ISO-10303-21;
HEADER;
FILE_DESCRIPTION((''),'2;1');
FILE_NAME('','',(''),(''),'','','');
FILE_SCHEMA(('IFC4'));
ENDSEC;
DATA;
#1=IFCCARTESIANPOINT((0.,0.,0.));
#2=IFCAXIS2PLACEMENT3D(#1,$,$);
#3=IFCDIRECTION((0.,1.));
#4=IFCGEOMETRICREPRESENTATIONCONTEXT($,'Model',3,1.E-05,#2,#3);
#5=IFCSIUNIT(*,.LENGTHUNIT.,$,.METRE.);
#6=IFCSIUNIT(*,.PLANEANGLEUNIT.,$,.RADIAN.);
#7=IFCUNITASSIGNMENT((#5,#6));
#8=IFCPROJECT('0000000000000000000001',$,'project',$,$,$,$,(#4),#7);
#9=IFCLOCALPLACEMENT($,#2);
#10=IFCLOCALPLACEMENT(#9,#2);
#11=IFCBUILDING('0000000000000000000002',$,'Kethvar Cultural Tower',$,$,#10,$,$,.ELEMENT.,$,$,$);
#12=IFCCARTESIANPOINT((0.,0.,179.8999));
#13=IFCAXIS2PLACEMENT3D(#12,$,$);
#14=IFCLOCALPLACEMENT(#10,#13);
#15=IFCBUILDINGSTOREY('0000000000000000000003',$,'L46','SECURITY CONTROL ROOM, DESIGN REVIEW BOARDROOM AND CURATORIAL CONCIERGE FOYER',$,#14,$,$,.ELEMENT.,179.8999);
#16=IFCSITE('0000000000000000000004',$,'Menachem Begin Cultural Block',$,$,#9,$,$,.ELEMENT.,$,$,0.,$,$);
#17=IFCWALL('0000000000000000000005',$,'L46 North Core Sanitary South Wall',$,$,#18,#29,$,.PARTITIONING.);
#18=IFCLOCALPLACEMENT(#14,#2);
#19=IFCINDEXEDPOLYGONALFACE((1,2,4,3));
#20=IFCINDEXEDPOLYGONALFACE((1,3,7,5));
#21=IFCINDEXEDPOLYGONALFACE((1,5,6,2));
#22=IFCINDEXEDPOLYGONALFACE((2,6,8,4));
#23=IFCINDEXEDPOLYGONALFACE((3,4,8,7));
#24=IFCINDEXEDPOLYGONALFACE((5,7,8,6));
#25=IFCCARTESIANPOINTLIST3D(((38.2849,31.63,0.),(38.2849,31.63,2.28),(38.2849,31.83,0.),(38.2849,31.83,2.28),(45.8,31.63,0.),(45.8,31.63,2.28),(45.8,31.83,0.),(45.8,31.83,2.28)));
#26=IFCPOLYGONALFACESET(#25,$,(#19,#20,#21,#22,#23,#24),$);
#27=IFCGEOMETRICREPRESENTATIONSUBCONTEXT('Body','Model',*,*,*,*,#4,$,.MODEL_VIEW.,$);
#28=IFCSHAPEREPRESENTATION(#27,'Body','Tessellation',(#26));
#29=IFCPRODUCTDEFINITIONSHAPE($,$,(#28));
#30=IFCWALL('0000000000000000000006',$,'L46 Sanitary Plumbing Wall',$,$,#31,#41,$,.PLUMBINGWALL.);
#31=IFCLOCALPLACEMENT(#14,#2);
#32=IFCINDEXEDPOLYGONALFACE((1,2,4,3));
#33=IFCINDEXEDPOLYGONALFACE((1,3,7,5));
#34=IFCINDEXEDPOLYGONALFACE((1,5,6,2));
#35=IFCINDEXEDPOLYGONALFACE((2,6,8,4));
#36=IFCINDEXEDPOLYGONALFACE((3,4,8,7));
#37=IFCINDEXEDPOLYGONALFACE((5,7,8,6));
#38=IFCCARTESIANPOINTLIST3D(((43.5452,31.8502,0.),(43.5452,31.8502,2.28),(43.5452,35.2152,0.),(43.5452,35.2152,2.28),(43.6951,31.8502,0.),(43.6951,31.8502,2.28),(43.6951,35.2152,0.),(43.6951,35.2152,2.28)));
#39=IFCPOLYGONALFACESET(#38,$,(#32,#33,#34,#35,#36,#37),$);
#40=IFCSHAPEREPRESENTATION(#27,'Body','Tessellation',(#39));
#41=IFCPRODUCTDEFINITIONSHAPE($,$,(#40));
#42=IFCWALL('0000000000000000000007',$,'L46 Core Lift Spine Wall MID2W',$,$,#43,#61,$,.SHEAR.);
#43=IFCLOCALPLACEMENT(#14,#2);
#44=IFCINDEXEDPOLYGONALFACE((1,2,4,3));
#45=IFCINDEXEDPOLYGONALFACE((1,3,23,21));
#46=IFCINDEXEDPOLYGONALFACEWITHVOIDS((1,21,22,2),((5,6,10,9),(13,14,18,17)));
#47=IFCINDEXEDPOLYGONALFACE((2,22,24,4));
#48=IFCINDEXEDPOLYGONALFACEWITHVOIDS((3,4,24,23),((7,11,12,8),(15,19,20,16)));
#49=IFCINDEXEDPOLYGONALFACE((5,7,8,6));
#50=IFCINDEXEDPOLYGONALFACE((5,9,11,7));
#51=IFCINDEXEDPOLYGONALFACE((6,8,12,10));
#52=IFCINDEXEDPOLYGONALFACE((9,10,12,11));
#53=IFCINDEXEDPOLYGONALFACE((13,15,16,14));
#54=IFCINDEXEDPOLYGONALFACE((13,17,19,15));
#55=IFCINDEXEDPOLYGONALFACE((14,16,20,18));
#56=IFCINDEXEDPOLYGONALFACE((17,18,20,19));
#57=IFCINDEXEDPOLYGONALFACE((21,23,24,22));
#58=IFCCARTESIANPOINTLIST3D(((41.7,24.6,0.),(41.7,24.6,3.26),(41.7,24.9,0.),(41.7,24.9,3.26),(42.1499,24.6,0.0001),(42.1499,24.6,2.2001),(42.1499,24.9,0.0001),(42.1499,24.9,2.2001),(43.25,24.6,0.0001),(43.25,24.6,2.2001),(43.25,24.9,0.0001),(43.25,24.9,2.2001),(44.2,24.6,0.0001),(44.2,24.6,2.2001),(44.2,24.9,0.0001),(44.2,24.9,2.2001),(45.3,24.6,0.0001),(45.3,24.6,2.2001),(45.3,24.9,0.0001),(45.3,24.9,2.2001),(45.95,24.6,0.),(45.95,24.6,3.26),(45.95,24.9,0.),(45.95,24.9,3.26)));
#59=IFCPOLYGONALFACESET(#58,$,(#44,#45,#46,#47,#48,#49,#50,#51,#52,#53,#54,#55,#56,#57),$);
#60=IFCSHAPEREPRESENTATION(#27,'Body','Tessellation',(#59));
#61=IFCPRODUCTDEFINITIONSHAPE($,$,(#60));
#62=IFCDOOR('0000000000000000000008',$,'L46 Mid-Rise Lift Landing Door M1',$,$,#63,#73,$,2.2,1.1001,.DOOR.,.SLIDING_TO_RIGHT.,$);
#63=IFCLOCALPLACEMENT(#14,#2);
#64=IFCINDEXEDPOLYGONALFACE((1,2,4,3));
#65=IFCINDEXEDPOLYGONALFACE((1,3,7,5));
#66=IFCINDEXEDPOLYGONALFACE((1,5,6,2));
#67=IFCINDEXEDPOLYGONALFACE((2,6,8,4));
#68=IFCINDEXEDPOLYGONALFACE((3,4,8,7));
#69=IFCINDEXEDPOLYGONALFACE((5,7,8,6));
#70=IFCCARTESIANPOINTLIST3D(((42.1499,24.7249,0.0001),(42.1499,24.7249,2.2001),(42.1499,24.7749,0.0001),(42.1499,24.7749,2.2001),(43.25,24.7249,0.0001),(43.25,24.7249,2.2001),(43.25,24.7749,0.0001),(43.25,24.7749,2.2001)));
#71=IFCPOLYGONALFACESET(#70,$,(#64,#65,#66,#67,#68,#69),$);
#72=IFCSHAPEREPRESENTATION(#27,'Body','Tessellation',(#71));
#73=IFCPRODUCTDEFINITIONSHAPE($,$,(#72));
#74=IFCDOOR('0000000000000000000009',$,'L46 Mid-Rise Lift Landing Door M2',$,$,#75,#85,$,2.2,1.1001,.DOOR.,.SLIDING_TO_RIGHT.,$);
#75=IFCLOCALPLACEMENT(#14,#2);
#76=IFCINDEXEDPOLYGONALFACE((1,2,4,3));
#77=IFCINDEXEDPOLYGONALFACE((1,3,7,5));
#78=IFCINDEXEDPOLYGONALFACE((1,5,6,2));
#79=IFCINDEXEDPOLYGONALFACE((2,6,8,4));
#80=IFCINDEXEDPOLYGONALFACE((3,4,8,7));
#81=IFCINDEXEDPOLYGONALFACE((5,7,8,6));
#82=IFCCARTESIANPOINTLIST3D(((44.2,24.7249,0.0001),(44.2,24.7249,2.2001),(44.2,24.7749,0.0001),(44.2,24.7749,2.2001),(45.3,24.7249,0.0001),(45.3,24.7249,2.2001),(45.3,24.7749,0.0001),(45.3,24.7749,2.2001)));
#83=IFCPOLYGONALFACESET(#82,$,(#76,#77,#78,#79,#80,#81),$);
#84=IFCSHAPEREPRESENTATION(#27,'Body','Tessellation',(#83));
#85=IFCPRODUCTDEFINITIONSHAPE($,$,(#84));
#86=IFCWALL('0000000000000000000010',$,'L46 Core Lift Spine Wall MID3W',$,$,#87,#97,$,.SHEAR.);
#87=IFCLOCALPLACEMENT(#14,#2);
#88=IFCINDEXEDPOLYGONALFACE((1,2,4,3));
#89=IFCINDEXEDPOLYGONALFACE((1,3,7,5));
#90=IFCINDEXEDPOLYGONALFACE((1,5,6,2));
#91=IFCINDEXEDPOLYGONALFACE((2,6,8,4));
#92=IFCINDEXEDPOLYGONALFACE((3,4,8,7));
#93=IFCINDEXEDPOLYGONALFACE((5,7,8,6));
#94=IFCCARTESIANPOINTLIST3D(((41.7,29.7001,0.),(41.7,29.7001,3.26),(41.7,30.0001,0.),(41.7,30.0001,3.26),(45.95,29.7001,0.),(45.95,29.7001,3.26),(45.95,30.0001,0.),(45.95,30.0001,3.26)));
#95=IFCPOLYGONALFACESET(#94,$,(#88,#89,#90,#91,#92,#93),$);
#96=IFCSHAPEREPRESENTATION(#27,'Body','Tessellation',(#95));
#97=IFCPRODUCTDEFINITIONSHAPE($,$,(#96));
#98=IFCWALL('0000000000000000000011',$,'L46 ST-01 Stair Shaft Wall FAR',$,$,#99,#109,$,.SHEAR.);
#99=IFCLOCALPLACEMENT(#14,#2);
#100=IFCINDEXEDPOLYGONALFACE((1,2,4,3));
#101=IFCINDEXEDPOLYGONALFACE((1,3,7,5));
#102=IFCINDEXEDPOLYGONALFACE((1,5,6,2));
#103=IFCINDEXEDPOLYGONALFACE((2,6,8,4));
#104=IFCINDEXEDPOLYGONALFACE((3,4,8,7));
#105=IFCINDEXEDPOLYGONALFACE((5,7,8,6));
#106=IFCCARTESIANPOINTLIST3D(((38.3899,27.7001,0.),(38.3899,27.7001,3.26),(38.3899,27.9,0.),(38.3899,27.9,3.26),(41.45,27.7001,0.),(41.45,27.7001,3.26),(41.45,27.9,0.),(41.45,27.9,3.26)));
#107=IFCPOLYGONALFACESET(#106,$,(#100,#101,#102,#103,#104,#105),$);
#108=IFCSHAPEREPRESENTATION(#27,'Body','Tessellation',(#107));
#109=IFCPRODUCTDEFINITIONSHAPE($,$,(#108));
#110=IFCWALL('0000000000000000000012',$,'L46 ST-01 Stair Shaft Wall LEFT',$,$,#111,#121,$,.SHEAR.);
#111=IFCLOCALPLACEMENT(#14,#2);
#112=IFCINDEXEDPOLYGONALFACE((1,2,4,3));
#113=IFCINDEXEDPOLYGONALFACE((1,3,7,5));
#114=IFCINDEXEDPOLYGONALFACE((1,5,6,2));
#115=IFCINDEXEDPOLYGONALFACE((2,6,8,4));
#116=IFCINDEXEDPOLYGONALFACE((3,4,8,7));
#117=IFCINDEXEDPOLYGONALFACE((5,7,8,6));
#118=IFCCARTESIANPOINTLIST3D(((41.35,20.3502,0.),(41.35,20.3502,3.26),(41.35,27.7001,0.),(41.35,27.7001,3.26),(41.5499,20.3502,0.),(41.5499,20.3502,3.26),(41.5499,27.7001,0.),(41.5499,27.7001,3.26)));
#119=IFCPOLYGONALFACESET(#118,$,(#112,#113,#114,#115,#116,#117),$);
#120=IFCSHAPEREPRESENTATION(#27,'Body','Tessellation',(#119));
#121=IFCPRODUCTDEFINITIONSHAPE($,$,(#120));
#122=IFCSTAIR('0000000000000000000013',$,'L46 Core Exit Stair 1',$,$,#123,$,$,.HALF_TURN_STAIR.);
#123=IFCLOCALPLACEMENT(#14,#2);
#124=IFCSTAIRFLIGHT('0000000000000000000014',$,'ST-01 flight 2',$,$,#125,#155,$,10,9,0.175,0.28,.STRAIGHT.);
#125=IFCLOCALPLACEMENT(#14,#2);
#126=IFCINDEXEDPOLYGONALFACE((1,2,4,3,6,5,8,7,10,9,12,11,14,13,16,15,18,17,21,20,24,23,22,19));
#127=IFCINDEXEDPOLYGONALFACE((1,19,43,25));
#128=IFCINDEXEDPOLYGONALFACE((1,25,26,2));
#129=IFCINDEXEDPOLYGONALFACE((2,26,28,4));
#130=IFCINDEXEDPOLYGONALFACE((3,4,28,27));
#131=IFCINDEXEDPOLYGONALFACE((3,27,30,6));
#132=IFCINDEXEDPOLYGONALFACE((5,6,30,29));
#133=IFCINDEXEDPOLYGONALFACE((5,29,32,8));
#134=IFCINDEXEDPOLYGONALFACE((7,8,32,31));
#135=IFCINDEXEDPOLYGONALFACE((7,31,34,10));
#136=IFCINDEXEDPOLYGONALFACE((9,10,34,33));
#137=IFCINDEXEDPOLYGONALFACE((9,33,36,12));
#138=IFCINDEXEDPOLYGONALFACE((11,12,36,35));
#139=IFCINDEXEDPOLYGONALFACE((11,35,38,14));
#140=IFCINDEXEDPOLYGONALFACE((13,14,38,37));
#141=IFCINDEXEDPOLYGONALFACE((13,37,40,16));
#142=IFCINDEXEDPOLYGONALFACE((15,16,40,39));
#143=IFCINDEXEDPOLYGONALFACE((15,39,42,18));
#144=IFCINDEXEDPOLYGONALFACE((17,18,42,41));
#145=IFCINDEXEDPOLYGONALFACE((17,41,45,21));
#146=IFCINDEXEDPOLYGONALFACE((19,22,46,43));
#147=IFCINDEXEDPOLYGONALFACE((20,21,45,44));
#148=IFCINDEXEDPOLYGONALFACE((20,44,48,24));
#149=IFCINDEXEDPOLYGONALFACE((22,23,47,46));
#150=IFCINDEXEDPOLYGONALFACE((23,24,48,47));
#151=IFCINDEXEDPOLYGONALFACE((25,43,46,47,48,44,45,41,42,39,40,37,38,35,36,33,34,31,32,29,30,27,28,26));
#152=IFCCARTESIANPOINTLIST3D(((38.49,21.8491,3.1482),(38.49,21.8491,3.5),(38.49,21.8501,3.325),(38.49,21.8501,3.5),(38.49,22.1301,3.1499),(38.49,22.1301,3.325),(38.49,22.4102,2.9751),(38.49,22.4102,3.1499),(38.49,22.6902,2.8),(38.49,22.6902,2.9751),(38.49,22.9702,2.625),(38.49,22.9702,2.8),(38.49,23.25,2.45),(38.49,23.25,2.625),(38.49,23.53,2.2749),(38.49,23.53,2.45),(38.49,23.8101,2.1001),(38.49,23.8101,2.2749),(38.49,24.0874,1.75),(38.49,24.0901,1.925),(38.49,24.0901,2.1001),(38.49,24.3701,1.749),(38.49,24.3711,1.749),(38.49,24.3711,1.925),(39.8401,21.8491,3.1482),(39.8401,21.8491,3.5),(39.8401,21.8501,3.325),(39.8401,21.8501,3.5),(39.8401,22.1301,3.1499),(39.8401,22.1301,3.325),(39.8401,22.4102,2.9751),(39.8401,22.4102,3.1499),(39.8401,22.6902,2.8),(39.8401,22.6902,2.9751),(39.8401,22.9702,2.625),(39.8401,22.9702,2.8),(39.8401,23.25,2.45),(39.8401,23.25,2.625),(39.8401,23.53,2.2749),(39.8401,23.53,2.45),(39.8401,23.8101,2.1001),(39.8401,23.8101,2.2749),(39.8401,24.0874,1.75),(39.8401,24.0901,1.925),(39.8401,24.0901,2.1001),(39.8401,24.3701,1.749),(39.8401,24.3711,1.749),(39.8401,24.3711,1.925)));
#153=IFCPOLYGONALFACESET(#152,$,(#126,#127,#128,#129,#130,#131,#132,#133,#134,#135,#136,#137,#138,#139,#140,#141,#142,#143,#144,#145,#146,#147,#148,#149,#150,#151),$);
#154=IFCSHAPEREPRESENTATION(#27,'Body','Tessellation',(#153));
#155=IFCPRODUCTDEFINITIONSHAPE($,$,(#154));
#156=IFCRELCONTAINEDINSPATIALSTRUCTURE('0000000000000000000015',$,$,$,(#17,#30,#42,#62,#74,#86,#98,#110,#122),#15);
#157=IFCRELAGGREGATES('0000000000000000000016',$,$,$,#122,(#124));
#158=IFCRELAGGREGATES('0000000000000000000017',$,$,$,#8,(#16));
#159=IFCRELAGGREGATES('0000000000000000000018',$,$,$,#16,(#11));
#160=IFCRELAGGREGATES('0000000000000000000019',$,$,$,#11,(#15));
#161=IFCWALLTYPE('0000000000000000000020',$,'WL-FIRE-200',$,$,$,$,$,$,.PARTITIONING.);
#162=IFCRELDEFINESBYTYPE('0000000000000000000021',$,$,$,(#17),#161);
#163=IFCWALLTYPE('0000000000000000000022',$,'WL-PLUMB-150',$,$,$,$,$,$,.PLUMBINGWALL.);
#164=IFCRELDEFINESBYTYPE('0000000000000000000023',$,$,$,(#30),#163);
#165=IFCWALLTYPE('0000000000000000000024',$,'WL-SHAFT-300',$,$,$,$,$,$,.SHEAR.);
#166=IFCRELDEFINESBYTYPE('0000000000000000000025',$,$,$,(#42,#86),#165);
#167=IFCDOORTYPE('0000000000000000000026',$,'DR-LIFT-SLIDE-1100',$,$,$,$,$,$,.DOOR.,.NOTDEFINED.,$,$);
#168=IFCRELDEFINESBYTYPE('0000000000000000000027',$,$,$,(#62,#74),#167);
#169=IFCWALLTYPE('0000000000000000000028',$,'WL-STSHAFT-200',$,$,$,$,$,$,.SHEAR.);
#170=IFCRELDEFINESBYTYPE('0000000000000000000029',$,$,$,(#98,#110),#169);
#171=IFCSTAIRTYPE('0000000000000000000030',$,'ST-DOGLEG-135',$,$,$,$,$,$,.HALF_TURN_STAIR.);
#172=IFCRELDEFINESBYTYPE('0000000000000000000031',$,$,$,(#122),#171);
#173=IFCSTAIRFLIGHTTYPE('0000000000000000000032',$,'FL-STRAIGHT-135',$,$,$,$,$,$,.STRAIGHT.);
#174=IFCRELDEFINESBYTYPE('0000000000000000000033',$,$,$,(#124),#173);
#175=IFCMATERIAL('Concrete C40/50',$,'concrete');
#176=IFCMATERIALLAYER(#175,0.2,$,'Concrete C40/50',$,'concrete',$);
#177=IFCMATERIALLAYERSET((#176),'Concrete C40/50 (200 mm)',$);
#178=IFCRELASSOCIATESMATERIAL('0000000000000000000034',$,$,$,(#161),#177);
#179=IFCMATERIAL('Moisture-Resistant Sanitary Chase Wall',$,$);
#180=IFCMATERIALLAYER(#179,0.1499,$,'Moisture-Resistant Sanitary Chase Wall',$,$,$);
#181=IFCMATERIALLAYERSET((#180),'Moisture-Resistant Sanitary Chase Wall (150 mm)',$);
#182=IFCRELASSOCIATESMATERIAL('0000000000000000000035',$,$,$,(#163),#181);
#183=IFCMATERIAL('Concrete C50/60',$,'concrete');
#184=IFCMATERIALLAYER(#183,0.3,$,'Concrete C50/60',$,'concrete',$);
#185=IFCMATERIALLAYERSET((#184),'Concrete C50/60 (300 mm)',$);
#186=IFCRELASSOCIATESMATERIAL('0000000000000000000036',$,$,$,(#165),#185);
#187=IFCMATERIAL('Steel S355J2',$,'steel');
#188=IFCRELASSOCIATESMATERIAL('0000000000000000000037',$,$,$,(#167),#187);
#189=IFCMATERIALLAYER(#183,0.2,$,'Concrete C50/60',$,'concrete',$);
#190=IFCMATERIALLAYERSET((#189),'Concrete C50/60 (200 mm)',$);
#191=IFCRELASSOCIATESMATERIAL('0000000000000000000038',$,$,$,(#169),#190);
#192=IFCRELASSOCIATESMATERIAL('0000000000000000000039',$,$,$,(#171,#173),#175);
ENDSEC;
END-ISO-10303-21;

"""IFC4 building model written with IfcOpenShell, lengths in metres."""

from ifc_helpers import new_model, si_unit, direction, frame, frame_2d, origin, place, context, subcontext, project, spatial, polyline, rectangle, outline, extrude, source, transform, mapped, material, layer, layer_set, type_object, element, fill, aggregate, save


model = new_model("IFC4")

# Units and contexts
model_context = context("Model", 3, precision=1e-05, world=origin(), true_north=direction((0.0, 1.0)))
body_context = subcontext(model_context, "Body", "Model", "MODEL_VIEW")
ifc_project = project(units=[si_unit("LENGTHUNIT", "METRE"), si_unit("PLANEANGLEUNIT", "RADIAN")], contexts=[model_context])

# Site, building, storey
site_placement = place(None, origin())
site = spatial("IfcSite", under=ifc_project, at=site_placement, Name="Menachem Begin Cultural Block", CompositionType="ELEMENT", RefElevation=0.0)
building_placement = place(site_placement, origin())
building = spatial("IfcBuilding", under=site, at=building_placement, Name="Kethvar Cultural Tower", CompositionType="ELEMENT")
storey_placement = place(building_placement, frame((0.0, 0.0, 179.8999)))
storey = spatial("IfcBuildingStorey", under=building, at=storey_placement, Name="L46", Description="SECURITY CONTROL ROOM, DESIGN REVIEW BOARDROOM AND CURATORIAL CONCIERGE FOYER", CompositionType="ELEMENT", Elevation=179.8999)

# Shared definitions
ifc_material_1 = material(Name="Steel S355J2", Category="steel")

# Walls
ifc_material_2 = material(Name="Concrete C40/50", Category="concrete")
ifc_layer_1 = layer(ifc_material_2, 0.2, Name="Concrete C40/50", Category="concrete")
ifc_layer_set_1 = layer_set([ifc_layer_1], Name="Concrete C40/50 (200 mm)")
wall_type_1 = type_object("IfcWallType", Name="WL-FIRE-200", PredefinedType="PARTITIONING", material=ifc_layer_set_1)
wall_1_placement = place(storey_placement, frame((38.2849, 31.73, 0.0), z_axis=(0.0, 0.0, 1.0), x_axis=(1.0, 0.0, 0.0)))
element("IfcWall", 1, at=wall_1_placement, inside=storey, type_object=wall_type_1, Name="L46 North Core Sanitary South Wall", PredefinedType="PARTITIONING", context=body_context, shape_type="SweptSolid", body=[
    extrude(rectangle(XDim=7.5151, YDim=0.2, at=frame_2d((3.7576, 0.0))), origin(), (0.0, 0.0, 1.0), 2.28),
])
ifc_material_3 = material(Name="Moisture-Resistant Sanitary Chase Wall")
ifc_layer_2 = layer(ifc_material_3, 0.1499, Name="Moisture-Resistant Sanitary Chase Wall")
ifc_layer_set_2 = layer_set([ifc_layer_2], Name="Moisture-Resistant Sanitary Chase Wall (150 mm)")
wall_type_2 = type_object("IfcWallType", Name="WL-PLUMB-150", PredefinedType="PLUMBINGWALL", material=ifc_layer_set_2)
wall_2_placement = place(storey_placement, frame((43.6201, 31.8501, 0.0), z_axis=(0.0, 0.0, 1.0), x_axis=(0.0, 1.0, 0.0)))
element("IfcWall", 2, at=wall_2_placement, inside=storey, type_object=wall_type_2, Name="L46 Sanitary Plumbing Wall", PredefinedType="PLUMBINGWALL", context=body_context, shape_type="SweptSolid", body=[
    extrude(rectangle(XDim=3.365, YDim=0.1499, at=frame_2d((1.6826, 0.0))), origin(), (0.0, 0.0, 1.0), 2.28),
])

# Wall, openings, doors
ifc_material_4 = material(Name="Concrete C50/60", Category="concrete")
ifc_layer_3 = layer(ifc_material_4, 0.3, Name="Concrete C50/60", Category="concrete")
ifc_layer_set_3 = layer_set([ifc_layer_3], Name="Concrete C50/60 (300 mm)")
wall_type_3 = type_object("IfcWallType", Name="WL-SHAFT-300", PredefinedType="SHEAR", material=ifc_layer_set_3)
wall_3_placement = place(storey_placement, frame((41.7, 24.75, 0.0), z_axis=(0.0, 0.0, 1.0), x_axis=(1.0, 0.0, 0.0)))
wall_3 = element("IfcWall", 3, at=wall_3_placement, inside=storey, type_object=wall_type_3, Name="L46 Core Lift Spine Wall MID2W", PredefinedType="SHEAR", context=body_context, shape_type="SweptSolid", body=[
    extrude(rectangle(XDim=4.25, YDim=0.3, at=frame_2d((2.125, 0.0))), origin(), (0.0, 0.0, 1.0), 3.26),
])
opening_1_placement = place(wall_3_placement, frame((0.45, 0.0, 0.0)))
opening_1 = element("IfcOpeningElement", 4, at=opening_1_placement, cuts=wall_3, PredefinedType="OPENING", context=body_context, shape_type="SweptSolid", body=[
    extrude(rectangle(XDim=1.1001, YDim=2.2, at=frame_2d((0.55, 1.1001))), frame((0.0, 0.1599, 0.0), z_axis=(0.0, -1.0, 0.0), x_axis=(1.0, 0.0, 0.0)), (0.0, 0.0, 1.0), 0.3201),
])
opening_2_placement = place(wall_3_placement, frame((2.5, 0.0, 0.0)))
opening_2 = element("IfcOpeningElement", 5, at=opening_2_placement, cuts=wall_3, PredefinedType="OPENING", context=body_context, shape_type="SweptSolid", body=[
    extrude(rectangle(XDim=1.1001, YDim=2.2, at=frame_2d((0.55, 1.1001))), frame((0.0, 0.1599, 0.0), z_axis=(0.0, -1.0, 0.0), x_axis=(1.0, 0.0, 0.0)), (0.0, 0.0, 1.0), 0.3201),
])
door_type = type_object("IfcDoorType", Name="DR-LIFT-SLIDE-1100", OperationType="NOTDEFINED", PredefinedType="DOOR", material=ifc_material_1)
shared_shape_1 = source(origin(), body_context, "Body", "SweptSolid", [
    extrude(rectangle(XDim=1.1001, YDim=2.2, at=frame_2d((0.55, 1.1001))), frame((0.0, 0.0249, 0.0), z_axis=(0.0, -1.0, 0.0), x_axis=(1.0, 0.0, 0.0)), (0.0, 0.0, 1.0), 0.05),
])
door_1_placement = place(opening_1_placement, origin())
door_1 = element("IfcDoor", 6, at=door_1_placement, inside=storey, type_object=door_type, Name="L46 Mid-Rise Lift Landing Door M1", OperationType="SLIDING_TO_RIGHT", OverallHeight=2.2, OverallWidth=1.1001, PredefinedType="DOOR", context=body_context, shape_type="MappedRepresentation", body=[
    mapped(shared_shape_1, transform((0.0, 0.0, 0.0), scale=1.0)),
])
fill(opening_1, door_1)
door_2_placement = place(opening_2_placement, origin())
door_2 = element("IfcDoor", 7, at=door_2_placement, inside=storey, type_object=door_type, Name="L46 Mid-Rise Lift Landing Door M2", OperationType="SLIDING_TO_RIGHT", OverallHeight=2.2, OverallWidth=1.1001, PredefinedType="DOOR", context=body_context, shape_type="MappedRepresentation", body=[
    mapped(shared_shape_1, transform((0.0, 0.0, 0.0), scale=1.0)),
])
fill(opening_2, door_2)

# Walls
wall_4_placement = place(storey_placement, frame((41.7, 29.8501, 0.0), z_axis=(0.0, 0.0, 1.0), x_axis=(1.0, 0.0, 0.0)))
element("IfcWall", 8, at=wall_4_placement, inside=storey, type_object=wall_type_3, Name="L46 Core Lift Spine Wall MID3W", PredefinedType="SHEAR", context=body_context, shape_type="SweptSolid", body=[
    extrude(rectangle(XDim=4.25, YDim=0.3, at=frame_2d((2.125, 0.0))), origin(), (0.0, 0.0, 1.0), 3.26),
])
ifc_layer_4 = layer(ifc_material_4, 0.2, Name="Concrete C50/60", Category="concrete")
ifc_layer_set_4 = layer_set([ifc_layer_4], Name="Concrete C50/60 (200 mm)")
wall_type_4 = type_object("IfcWallType", Name="WL-STSHAFT-200", PredefinedType="SHEAR", material=ifc_layer_set_4)
wall_5_placement = place(storey_placement, frame((38.3899, 27.8, 0.0), z_axis=(0.0, 0.0, 1.0), x_axis=(1.0, 0.0, 0.0)))
element("IfcWall", 9, at=wall_5_placement, inside=storey, type_object=wall_type_4, Name="L46 ST-01 Stair Shaft Wall FAR", PredefinedType="SHEAR", context=body_context, shape_type="SweptSolid", body=[
    extrude(rectangle(XDim=3.0601, YDim=0.2, at=frame_2d((1.53, 0.0))), origin(), (0.0, 0.0, 1.0), 3.26),
])
wall_6_placement = place(storey_placement, frame((41.45, 27.7, 0.0), z_axis=(0.0, 0.0, 1.0), x_axis=(0.0, -1.0, 0.0)))
element("IfcWall", 10, at=wall_6_placement, inside=storey, type_object=wall_type_4, Name="L46 ST-01 Stair Shaft Wall LEFT", PredefinedType="SHEAR", context=body_context, shape_type="SweptSolid", body=[
    extrude(rectangle(XDim=7.3499, YDim=0.2, at=frame_2d((3.6748, 0.0))), origin(), (0.0, 0.0, 1.0), 3.26),
])

# Stair, stair flight
stair_type = type_object("IfcStairType", Name="ST-DOGLEG-135", PredefinedType="HALF_TURN_STAIR", material=ifc_material_2)
stair_placement = place(storey_placement, origin())
stair = element("IfcStair", 11, at=stair_placement, inside=storey, type_object=stair_type, Name="L46 Core Exit Stair 1", PredefinedType="HALF_TURN_STAIR")
stair_flight_type = type_object("IfcStairFlightType", Name="FL-STRAIGHT-135", PredefinedType="STRAIGHT", material=ifc_material_2)
stair_flight_placement = place(storey_placement, frame((39.165, 24.3701, 1.75), z_axis=(0.0, 0.0, 1.0), x_axis=(0.0, -1.0, 0.0)))
stair_flight = element("IfcStairFlight", 12, at=stair_flight_placement, type_object=stair_flight_type, Name="ST-01 flight 2", NumberOfRisers=10, NumberOfTreads=9, PredefinedType="STRAIGHT", RiserHeight=0.175, TreadLength=0.28, context=body_context, shape_type="SweptSolid", body=[
    extrude(outline(polyline([(-0.001, -0.001), (-0.001, 0.175), (0.28, 0.175), (0.28, 0.3501), (0.5601, 0.3501), (0.5601, 0.5249), (0.8401, 0.5249), (0.8401, 0.7), (1.1201, 0.7), (1.1201, 0.875), (1.3999, 0.875), (1.3999, 1.05), (1.6799, 1.05), (1.6799, 1.2251), (1.96, 1.2251), (1.96, 1.3999), (2.24, 1.3999), (2.24, 1.575), (2.52, 1.575), (2.52, 1.75), (2.521, 1.75), (2.521, 1.3982), (0.2827, 0.0), (0.0, -0.001), (-0.001, -0.001)])), frame((0.0, 0.675, 0.0), z_axis=(0.0, -1.0, 0.0), x_axis=(1.0, 0.0, 0.0)), (0.0, 0.0, 1.0), 1.3501),
])
aggregate(stair, [stair_flight])

save(model, "model.ifc")
